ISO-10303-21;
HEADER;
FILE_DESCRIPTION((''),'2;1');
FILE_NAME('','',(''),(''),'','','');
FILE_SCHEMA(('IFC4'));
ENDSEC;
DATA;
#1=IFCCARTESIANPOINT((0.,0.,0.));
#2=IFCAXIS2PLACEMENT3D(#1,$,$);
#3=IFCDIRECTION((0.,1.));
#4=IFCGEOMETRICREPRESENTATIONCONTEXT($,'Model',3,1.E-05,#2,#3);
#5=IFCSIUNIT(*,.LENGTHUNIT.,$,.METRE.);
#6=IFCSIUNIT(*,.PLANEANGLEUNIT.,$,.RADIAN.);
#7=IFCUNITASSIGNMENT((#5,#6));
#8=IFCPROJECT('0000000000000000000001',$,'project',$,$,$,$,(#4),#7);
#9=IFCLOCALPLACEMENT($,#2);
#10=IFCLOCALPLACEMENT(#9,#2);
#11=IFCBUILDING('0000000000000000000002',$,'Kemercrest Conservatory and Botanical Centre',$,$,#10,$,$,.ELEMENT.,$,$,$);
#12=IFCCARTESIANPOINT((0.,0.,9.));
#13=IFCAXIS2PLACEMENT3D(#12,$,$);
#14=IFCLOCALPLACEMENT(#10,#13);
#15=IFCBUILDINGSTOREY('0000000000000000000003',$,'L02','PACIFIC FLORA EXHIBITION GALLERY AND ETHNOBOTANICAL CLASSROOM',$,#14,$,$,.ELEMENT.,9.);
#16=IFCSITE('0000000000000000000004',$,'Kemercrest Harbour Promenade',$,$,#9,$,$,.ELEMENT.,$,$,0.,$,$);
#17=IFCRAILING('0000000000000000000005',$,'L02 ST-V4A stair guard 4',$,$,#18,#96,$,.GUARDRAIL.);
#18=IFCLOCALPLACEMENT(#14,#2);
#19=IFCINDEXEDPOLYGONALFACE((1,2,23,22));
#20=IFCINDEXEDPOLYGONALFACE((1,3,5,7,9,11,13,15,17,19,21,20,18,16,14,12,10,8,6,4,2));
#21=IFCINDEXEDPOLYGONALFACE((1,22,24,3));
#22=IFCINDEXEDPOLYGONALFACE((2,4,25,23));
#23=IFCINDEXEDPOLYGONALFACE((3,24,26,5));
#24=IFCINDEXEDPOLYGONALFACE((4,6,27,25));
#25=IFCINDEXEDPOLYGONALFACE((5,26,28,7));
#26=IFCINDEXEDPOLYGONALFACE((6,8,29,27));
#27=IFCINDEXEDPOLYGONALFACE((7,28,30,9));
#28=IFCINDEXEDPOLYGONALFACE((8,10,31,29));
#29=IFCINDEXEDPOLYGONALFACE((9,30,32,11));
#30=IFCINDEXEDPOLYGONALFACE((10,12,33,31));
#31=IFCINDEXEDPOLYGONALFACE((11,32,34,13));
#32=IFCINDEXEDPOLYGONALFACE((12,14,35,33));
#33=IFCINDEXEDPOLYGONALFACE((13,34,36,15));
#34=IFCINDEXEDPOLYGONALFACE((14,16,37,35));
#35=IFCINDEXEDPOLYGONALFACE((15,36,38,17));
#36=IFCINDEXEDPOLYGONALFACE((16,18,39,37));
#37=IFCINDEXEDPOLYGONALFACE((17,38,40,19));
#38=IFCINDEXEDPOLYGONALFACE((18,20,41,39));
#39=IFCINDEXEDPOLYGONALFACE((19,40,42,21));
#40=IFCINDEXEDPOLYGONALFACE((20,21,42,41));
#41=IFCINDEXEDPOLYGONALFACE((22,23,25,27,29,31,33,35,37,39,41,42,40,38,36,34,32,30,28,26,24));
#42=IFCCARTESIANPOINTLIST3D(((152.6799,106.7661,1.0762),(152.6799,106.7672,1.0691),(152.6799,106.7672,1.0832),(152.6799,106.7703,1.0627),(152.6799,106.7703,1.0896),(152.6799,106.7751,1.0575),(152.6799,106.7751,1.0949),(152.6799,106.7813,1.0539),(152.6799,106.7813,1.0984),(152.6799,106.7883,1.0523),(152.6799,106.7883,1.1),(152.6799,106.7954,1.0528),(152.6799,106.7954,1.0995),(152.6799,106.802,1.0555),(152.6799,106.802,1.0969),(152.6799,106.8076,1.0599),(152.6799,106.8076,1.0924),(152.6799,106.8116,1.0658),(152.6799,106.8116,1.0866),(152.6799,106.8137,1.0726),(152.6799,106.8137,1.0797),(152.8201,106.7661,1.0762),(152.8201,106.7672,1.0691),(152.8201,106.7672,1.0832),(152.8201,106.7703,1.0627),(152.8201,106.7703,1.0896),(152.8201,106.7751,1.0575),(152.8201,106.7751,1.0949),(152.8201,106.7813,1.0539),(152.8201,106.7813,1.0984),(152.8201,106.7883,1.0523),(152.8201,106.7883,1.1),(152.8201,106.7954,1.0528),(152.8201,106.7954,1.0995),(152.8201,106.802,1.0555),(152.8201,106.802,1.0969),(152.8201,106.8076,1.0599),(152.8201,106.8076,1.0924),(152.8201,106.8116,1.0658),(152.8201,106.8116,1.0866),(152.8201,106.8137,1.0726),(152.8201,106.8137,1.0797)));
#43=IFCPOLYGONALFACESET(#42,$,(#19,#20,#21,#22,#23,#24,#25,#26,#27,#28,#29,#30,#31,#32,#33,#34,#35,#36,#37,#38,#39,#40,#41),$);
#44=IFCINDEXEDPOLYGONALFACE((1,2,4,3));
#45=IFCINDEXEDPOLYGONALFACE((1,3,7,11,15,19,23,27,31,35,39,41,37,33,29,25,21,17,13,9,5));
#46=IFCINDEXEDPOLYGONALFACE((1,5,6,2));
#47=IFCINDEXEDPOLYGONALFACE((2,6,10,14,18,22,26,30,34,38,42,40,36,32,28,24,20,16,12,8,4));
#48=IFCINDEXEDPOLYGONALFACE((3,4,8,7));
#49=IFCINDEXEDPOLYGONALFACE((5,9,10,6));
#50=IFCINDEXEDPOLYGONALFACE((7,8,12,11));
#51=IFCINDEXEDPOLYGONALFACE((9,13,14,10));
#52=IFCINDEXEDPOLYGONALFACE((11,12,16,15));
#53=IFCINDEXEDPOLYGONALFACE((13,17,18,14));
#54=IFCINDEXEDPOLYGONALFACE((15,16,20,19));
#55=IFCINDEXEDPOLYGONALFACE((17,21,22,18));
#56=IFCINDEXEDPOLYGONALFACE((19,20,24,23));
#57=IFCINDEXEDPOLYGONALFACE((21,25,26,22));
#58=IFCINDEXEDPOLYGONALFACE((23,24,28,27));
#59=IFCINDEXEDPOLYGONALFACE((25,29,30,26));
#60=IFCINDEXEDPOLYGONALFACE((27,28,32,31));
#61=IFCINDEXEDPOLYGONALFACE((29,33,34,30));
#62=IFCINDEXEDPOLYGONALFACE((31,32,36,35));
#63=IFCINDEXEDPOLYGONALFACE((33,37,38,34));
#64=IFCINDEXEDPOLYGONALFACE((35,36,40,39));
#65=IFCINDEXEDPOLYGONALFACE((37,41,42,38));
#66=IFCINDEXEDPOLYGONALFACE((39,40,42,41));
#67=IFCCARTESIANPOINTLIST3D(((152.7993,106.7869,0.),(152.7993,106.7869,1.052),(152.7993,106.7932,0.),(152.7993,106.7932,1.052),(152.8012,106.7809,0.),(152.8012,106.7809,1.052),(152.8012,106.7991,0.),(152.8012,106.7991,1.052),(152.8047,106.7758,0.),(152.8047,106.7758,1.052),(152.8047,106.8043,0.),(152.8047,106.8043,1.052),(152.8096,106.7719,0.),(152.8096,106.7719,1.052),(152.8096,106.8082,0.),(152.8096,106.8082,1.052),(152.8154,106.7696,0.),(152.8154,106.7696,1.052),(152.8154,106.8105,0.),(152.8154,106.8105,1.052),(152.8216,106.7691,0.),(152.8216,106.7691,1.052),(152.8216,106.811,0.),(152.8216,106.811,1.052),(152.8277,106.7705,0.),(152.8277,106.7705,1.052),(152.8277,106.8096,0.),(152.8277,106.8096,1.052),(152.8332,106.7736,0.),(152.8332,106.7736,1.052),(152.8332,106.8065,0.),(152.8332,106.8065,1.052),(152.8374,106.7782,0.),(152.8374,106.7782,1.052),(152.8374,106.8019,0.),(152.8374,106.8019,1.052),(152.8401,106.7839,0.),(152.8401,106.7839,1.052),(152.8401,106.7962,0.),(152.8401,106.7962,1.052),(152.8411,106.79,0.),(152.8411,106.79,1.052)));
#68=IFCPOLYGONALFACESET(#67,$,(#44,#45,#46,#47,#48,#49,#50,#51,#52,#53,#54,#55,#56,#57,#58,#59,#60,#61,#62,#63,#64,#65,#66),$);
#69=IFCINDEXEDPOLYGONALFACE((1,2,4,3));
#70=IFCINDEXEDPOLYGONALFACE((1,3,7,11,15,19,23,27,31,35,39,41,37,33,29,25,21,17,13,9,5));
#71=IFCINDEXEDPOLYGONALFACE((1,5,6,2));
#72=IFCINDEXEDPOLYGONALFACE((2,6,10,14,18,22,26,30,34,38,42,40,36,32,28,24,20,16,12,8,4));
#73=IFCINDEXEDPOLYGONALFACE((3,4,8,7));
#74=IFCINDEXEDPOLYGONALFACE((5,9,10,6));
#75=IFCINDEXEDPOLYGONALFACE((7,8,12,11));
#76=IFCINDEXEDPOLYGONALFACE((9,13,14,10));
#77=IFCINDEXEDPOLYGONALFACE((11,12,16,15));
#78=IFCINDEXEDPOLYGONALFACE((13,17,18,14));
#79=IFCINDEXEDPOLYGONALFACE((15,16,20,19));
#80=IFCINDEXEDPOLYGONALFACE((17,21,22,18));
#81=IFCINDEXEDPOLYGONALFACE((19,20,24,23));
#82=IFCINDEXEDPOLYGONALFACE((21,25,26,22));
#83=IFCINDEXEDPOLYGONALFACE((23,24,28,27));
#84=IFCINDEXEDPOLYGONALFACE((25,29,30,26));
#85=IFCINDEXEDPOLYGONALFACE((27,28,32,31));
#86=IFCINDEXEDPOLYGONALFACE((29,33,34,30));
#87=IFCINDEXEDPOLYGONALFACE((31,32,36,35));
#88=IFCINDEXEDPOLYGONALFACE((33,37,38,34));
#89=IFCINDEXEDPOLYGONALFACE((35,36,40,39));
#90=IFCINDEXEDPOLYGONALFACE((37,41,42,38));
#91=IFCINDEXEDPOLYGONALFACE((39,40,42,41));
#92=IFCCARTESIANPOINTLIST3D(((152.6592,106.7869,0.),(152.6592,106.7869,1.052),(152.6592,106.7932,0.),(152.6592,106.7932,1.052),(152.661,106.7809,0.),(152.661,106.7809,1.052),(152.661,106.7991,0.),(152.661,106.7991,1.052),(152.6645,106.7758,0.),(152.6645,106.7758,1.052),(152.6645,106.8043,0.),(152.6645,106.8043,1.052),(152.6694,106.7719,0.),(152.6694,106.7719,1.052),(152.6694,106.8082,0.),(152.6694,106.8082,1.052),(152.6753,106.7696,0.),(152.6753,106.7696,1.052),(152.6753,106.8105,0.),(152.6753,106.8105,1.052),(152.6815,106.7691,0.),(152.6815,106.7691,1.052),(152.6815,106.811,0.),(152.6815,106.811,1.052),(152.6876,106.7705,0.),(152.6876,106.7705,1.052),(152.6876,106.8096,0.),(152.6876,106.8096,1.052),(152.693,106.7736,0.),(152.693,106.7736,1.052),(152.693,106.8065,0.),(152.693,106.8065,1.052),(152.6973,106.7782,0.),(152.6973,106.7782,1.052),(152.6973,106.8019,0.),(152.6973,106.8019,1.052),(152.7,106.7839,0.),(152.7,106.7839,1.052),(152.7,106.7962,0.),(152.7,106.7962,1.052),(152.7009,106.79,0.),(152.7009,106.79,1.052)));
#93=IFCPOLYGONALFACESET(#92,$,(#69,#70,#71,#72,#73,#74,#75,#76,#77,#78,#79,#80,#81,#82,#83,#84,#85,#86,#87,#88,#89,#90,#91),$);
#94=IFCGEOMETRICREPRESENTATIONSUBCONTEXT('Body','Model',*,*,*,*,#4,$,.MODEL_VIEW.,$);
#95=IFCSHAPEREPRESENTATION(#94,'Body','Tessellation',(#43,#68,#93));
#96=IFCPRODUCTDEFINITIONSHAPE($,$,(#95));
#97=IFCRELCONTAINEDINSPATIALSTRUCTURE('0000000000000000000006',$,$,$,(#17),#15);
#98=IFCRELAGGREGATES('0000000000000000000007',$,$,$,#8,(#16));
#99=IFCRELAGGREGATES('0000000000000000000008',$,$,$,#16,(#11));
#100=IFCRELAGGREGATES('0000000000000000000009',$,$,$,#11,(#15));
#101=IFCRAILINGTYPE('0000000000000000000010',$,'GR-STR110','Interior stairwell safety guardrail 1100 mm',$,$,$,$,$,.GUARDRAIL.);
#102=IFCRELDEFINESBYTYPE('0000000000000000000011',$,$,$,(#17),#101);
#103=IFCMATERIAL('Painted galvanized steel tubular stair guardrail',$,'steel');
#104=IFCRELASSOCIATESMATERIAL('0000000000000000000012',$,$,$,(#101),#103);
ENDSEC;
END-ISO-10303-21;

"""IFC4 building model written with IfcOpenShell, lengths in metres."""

from ifc_helpers import new_model, si_unit, direction, frame, origin, origin_2d, place, context, subcontext, project, spatial, circle, extrude, material, type_object, element, save


model = new_model("IFC4")

# Units and contexts
model_context = context("Model", 3, precision=1e-05, world=origin(), true_north=direction((0.0, 1.0)))
body_context = subcontext(model_context, "Body", "Model", "MODEL_VIEW")
ifc_project = project(units=[si_unit("LENGTHUNIT", "METRE"), si_unit("PLANEANGLEUNIT", "RADIAN")], contexts=[model_context])

# Site, building, storey
site_placement = place(None, origin())
site = spatial("IfcSite", under=ifc_project, at=site_placement, Name="Kemercrest Harbour Promenade", CompositionType="ELEMENT", RefElevation=0.0)
building_placement = place(site_placement, origin())
building = spatial("IfcBuilding", under=site, at=building_placement, Name="Kemercrest Conservatory and Botanical Centre", CompositionType="ELEMENT")
storey_placement = place(building_placement, frame((0.0, 0.0, 9.0)))
storey = spatial("IfcBuildingStorey", under=building, at=storey_placement, Name="L02", Description="PACIFIC FLORA EXHIBITION GALLERY AND ETHNOBOTANICAL CLASSROOM", CompositionType="ELEMENT", Elevation=9.0)

# Railing
ifc_material_1 = material(Name="Painted galvanized steel tubular stair guardrail", Category="steel")
railing_type_1 = type_object("IfcRailingType", Name="GR-STR110", Description="Interior stairwell safety guardrail 1100 mm", PredefinedType="GUARDRAIL", material=ifc_material_1)
railing_1_placement = place(storey_placement, frame((152.8201, 106.79, 0.0)))
element("IfcRailing", 1, at=railing_1_placement, inside=storey, type_object=railing_type_1, Name="L02 ST-V4A stair guard 4", PredefinedType="GUARDRAIL", context=body_context, shape_type="SweptSolid", body=[
    extrude(circle(Radius=0.0239, at=origin_2d()), frame((0.0, 0.0, 1.0762), z_axis=(-1.0, 0.0, 0.0), x_axis=(0.0, -1.0, 0.0)), (0.0, 0.0, 1.0), 0.1401),
    extrude(circle(Radius=0.021, at=origin_2d()), origin(), (0.0, 0.0, 1.0), 1.052),
    extrude(circle(Radius=0.021, at=origin_2d()), frame((-0.1401, 0.0, 0.0)), (0.0, 0.0, 1.0), 1.052),
])

save(model, "model.ifc")
